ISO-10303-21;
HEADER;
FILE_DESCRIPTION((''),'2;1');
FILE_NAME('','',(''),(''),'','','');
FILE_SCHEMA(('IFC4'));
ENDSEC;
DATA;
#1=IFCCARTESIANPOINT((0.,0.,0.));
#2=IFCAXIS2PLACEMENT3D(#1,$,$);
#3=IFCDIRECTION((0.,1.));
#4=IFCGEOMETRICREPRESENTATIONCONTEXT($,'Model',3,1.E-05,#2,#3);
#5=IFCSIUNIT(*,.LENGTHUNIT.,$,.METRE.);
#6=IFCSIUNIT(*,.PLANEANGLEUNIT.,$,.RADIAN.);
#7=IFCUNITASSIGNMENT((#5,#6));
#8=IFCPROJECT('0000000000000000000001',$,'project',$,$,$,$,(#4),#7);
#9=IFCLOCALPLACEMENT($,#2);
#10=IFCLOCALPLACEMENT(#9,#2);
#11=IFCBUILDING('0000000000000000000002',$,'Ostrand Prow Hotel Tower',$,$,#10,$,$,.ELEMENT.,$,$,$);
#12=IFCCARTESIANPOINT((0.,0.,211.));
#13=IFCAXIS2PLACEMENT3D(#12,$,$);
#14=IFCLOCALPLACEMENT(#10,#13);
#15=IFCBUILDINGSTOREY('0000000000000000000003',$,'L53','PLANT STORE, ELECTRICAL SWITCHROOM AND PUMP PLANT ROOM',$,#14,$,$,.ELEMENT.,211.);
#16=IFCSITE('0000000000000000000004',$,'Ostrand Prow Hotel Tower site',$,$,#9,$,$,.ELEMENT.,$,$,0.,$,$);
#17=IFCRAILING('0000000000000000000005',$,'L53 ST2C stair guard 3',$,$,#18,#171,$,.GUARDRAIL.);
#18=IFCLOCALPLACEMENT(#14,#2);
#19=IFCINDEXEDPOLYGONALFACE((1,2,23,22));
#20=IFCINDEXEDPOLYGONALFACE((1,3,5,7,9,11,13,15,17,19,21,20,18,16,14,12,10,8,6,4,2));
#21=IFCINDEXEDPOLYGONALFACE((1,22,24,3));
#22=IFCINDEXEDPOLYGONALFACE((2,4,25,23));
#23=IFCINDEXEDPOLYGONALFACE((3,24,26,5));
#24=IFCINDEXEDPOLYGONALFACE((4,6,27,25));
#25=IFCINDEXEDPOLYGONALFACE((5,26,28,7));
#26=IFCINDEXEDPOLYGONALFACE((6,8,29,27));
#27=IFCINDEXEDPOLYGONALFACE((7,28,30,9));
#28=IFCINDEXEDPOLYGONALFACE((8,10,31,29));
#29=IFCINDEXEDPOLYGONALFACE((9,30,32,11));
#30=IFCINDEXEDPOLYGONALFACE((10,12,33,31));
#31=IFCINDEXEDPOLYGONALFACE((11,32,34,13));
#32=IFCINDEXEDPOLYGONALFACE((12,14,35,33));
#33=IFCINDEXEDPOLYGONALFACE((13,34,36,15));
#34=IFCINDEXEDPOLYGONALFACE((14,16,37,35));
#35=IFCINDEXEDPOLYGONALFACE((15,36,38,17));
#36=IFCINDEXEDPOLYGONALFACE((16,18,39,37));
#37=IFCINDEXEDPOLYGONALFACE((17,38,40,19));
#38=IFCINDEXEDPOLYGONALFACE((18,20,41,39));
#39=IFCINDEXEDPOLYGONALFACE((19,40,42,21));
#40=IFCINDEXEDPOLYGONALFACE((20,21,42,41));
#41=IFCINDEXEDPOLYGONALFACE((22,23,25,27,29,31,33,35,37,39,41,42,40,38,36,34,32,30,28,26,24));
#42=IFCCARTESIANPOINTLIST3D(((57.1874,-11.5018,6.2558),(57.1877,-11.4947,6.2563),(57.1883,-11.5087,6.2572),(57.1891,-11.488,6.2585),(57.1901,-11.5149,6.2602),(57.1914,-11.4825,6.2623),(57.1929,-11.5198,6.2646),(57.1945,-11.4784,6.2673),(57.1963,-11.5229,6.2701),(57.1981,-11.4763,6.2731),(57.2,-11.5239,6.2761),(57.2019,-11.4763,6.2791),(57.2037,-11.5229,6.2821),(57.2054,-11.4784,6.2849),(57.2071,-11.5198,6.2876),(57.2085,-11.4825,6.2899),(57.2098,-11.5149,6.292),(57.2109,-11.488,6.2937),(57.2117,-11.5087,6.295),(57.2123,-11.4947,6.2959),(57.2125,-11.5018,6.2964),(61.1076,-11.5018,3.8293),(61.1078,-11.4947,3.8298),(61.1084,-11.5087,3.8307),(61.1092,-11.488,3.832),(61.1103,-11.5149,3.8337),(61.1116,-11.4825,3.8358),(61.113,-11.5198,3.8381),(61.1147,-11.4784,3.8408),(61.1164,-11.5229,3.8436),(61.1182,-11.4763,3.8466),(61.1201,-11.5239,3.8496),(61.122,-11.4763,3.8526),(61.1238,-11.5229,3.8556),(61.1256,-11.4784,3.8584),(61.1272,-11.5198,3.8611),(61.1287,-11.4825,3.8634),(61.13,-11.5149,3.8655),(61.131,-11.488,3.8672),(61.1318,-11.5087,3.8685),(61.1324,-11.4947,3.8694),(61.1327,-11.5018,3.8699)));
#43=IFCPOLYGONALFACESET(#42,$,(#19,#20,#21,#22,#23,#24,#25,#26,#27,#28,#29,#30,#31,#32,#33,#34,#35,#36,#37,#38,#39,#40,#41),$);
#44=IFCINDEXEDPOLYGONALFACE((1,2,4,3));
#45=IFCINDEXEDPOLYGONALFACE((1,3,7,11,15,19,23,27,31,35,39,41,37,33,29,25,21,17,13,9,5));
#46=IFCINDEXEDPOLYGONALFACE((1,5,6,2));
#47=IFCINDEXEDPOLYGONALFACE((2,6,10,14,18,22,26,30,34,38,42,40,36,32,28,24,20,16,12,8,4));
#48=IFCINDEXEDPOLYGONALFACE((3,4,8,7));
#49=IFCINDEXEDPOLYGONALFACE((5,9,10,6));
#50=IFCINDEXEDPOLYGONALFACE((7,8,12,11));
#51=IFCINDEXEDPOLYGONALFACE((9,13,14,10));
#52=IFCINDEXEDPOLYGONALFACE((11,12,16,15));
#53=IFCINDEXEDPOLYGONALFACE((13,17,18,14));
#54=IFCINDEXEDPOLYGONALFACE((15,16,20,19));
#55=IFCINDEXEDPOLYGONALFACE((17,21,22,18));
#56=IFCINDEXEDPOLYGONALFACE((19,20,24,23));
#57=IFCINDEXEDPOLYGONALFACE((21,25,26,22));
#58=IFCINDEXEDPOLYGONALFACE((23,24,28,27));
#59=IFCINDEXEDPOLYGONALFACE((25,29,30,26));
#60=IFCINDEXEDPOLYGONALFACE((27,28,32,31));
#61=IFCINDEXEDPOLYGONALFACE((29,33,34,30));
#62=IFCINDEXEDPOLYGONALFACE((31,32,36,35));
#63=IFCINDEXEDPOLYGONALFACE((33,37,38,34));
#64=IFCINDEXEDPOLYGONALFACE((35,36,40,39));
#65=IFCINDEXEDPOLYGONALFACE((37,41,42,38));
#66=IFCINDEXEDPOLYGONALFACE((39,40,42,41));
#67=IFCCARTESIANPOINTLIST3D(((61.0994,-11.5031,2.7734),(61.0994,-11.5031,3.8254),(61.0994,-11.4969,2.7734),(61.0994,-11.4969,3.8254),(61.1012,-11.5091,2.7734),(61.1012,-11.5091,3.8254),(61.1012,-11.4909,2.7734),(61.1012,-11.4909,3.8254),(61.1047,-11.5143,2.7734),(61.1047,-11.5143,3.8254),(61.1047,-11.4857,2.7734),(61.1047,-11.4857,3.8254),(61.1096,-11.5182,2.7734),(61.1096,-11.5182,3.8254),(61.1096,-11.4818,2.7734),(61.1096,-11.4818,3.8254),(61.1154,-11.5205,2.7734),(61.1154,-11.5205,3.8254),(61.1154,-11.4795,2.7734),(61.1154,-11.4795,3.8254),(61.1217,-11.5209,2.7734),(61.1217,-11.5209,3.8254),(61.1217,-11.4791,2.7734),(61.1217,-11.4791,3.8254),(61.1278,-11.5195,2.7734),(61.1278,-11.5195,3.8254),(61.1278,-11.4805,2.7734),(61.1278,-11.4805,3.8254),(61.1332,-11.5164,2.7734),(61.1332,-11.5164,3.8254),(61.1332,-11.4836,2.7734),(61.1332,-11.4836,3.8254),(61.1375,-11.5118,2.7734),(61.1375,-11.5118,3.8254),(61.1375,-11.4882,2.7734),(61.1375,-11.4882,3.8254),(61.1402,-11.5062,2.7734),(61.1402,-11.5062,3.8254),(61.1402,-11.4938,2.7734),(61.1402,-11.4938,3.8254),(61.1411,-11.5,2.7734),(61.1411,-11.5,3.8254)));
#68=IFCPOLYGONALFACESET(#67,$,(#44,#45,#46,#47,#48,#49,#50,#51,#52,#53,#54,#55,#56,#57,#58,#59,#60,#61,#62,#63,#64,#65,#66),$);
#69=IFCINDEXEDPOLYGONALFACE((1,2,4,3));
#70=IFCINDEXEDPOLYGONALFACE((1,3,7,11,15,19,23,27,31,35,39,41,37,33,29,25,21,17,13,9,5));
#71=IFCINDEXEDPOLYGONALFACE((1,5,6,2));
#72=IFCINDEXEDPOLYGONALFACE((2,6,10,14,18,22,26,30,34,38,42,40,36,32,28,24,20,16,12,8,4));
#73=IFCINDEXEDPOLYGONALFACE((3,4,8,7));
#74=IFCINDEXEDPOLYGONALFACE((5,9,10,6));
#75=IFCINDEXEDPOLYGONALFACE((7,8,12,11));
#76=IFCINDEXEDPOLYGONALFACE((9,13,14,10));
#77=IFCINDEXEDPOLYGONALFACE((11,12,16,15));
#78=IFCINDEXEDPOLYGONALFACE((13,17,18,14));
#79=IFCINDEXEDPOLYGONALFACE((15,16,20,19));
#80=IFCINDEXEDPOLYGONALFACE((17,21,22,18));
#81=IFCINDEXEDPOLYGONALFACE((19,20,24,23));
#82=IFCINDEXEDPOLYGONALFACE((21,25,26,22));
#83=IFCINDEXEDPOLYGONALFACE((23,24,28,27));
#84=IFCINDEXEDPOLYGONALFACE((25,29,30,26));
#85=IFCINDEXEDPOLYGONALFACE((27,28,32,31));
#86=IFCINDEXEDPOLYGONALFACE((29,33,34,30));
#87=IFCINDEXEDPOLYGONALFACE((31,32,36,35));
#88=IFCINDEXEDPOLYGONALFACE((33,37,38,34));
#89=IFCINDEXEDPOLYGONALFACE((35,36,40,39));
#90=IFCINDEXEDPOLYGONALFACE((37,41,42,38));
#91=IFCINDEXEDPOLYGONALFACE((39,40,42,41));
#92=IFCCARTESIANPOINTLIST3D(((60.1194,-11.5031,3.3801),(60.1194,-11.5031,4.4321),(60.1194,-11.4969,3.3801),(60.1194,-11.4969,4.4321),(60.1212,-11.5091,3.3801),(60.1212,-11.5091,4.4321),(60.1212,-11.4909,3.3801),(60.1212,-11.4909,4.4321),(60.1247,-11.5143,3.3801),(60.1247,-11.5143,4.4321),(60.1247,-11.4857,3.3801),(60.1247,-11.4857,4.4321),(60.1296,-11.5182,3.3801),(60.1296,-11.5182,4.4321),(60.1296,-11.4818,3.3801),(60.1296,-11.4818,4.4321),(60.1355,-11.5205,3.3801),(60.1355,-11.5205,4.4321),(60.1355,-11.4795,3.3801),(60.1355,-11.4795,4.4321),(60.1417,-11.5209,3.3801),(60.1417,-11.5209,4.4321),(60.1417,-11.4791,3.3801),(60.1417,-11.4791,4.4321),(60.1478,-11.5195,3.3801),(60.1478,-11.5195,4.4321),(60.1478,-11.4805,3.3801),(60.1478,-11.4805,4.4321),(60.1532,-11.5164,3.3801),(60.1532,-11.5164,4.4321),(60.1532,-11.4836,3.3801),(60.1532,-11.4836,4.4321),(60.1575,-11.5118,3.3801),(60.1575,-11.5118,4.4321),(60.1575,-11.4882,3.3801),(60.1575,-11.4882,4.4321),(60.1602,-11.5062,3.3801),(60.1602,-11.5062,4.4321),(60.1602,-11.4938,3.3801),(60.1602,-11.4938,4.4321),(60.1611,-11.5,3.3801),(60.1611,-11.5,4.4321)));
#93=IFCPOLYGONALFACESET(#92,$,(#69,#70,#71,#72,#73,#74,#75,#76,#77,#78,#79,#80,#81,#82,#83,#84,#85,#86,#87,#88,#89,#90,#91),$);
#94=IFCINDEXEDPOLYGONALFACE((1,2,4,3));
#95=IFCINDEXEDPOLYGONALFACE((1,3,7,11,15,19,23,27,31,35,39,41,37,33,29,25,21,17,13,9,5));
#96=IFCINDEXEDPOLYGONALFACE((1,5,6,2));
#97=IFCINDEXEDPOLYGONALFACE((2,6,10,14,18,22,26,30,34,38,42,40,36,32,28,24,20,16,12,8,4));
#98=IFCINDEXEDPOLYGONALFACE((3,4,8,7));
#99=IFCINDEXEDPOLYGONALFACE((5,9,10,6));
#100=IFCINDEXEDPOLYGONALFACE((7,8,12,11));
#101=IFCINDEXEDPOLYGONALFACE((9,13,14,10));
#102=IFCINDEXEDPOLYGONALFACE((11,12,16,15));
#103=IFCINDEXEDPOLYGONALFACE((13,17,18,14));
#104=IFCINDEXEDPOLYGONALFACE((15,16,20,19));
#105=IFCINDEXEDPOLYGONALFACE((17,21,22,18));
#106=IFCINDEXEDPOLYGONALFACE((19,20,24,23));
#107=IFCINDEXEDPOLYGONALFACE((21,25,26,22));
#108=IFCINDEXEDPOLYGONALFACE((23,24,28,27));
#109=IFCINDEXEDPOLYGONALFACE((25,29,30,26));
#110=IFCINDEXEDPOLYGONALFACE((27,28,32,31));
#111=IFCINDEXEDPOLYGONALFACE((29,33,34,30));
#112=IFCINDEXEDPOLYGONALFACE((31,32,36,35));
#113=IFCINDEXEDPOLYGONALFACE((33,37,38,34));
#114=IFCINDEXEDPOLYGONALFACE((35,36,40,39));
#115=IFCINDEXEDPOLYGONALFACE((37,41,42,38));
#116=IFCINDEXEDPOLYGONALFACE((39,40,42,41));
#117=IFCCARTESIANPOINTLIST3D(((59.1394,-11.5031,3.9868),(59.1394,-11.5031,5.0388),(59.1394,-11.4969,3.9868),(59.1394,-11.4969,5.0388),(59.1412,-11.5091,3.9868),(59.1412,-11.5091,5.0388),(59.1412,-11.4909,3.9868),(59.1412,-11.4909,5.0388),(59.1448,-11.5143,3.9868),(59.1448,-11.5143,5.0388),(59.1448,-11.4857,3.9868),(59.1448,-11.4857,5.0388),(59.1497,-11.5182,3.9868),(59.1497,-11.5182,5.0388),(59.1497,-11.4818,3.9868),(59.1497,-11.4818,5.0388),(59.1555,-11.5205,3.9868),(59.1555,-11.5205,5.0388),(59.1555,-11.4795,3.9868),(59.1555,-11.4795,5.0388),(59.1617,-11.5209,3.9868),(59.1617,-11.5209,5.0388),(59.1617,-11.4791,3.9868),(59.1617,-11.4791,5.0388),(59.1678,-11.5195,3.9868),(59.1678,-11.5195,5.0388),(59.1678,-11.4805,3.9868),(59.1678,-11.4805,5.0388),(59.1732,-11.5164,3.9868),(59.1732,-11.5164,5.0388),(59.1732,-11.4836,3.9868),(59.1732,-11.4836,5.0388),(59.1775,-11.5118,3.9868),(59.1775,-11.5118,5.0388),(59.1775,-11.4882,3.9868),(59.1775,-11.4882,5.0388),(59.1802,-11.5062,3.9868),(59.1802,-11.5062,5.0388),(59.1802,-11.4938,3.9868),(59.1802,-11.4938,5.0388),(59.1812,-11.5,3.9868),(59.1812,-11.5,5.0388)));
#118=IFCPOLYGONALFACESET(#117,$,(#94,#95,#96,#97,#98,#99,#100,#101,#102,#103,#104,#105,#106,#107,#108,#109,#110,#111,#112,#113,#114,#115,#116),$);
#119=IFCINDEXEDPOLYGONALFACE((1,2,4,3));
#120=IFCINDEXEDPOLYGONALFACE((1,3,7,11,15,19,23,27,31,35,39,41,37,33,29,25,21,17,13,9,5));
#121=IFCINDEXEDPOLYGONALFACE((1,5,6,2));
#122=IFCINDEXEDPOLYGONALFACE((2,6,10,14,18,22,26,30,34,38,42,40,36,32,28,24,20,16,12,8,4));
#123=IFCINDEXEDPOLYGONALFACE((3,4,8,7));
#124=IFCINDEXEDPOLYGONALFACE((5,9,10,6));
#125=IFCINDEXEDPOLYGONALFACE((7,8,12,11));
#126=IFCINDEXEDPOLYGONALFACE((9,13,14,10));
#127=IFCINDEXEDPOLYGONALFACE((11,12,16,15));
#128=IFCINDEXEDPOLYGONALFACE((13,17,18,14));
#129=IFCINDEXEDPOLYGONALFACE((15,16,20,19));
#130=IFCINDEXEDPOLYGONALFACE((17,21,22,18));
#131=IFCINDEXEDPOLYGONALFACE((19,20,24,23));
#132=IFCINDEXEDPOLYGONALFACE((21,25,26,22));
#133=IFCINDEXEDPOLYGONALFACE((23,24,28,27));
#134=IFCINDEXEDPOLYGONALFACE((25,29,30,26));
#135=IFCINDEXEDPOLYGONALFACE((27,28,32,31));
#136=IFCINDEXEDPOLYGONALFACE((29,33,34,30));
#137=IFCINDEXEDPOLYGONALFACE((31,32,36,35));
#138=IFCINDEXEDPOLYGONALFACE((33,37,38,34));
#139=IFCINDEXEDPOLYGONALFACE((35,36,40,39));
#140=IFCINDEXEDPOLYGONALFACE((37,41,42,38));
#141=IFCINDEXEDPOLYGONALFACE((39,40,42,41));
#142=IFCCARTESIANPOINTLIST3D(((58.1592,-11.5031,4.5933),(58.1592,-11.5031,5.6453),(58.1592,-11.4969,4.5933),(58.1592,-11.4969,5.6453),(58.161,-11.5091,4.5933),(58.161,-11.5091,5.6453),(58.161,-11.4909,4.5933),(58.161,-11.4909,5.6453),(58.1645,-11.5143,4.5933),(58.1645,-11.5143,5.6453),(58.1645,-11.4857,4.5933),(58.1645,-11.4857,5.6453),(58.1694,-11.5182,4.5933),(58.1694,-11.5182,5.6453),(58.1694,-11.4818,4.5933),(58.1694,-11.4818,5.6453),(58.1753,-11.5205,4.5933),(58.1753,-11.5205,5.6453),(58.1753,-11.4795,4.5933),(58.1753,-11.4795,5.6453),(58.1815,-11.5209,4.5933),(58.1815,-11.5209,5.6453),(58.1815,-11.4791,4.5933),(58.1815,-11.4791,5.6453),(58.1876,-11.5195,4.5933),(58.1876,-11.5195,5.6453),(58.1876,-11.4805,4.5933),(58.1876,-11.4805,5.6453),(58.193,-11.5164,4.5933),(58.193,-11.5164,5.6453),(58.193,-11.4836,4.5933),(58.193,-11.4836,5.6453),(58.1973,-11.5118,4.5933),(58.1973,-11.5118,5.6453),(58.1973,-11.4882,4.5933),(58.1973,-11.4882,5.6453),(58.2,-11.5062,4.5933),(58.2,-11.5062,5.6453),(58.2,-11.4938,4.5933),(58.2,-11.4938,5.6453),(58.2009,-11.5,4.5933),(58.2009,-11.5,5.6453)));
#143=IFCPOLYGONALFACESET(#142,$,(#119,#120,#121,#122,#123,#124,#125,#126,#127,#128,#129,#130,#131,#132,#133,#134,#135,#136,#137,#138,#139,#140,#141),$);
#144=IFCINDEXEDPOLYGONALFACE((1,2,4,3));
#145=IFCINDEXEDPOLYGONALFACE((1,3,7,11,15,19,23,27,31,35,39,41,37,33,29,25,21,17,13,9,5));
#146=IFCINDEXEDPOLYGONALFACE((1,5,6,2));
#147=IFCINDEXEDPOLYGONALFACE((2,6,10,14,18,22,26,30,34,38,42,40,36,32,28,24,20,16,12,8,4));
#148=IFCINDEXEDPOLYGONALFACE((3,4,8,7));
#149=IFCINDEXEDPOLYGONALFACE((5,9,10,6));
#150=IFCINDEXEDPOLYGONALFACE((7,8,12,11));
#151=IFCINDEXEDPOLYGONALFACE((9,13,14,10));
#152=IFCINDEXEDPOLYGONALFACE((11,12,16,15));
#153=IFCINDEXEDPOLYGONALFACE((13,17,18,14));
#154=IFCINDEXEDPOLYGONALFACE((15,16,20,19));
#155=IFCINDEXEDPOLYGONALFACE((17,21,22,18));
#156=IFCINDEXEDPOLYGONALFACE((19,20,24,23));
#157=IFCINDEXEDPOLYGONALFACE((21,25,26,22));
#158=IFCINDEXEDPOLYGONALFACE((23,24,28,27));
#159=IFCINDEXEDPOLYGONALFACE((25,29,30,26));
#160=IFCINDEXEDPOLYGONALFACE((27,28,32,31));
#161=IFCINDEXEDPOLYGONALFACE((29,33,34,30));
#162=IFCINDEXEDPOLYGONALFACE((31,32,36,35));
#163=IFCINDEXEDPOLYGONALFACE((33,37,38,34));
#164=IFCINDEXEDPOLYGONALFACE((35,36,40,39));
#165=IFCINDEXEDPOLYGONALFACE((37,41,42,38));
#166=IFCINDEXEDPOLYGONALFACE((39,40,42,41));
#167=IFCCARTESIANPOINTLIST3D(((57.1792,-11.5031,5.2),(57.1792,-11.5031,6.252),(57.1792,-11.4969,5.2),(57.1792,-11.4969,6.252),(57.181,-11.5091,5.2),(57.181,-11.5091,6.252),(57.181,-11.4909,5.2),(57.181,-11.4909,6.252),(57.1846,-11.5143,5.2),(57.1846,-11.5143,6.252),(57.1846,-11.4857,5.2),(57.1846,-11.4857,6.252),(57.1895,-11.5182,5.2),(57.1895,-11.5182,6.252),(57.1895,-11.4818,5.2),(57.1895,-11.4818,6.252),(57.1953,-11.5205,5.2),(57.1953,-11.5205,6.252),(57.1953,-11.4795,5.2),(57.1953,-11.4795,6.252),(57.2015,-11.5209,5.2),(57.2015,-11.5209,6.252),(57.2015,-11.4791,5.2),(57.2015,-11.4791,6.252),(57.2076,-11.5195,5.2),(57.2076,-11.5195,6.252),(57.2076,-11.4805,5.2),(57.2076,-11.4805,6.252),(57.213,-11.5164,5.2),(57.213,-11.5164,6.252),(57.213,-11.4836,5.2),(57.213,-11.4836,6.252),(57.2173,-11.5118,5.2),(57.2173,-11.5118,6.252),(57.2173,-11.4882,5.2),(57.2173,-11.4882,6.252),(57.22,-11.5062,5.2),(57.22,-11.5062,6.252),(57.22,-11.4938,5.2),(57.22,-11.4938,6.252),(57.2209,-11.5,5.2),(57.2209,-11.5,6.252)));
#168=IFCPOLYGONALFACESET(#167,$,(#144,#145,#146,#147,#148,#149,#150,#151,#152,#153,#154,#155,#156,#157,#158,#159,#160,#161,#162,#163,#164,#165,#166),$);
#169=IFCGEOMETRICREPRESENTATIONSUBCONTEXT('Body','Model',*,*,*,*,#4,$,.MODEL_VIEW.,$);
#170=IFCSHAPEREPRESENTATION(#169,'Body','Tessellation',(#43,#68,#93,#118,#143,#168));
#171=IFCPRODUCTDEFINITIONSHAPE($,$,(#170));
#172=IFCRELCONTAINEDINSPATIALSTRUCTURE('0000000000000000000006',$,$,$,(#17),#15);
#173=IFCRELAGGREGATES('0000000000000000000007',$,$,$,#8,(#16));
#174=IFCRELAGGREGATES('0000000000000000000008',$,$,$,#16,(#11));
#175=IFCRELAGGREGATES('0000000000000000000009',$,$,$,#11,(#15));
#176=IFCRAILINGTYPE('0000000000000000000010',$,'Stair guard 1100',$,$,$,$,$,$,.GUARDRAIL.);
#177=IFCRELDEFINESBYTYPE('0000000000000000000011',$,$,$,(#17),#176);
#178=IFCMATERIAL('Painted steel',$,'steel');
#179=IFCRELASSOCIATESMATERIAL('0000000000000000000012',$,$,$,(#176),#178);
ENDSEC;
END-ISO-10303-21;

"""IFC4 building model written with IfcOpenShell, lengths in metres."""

from ifc_helpers import new_model, si_unit, direction, frame, origin, origin_2d, place, context, subcontext, project, spatial, circle, extrude, material, type_object, element, save


model = new_model("IFC4")

# Units and contexts
model_context = context("Model", 3, precision=1e-05, world=origin(), true_north=direction((0.0, 1.0)))
body_context = subcontext(model_context, "Body", "Model", "MODEL_VIEW")
ifc_project = project(units=[si_unit("LENGTHUNIT", "METRE"), si_unit("PLANEANGLEUNIT", "RADIAN")], contexts=[model_context])

# Site, building, storey
site_placement = place(None, origin())
site = spatial("IfcSite", under=ifc_project, at=site_placement, Name="Ostrand Prow Hotel Tower site", CompositionType="ELEMENT", RefElevation=0.0)
building_placement = place(site_placement, origin())
building = spatial("IfcBuilding", under=site, at=building_placement, Name="Ostrand Prow Hotel Tower", CompositionType="ELEMENT")
storey_placement = place(building_placement, frame((0.0, 0.0, 211.0)))
storey = spatial("IfcBuildingStorey", under=building, at=storey_placement, Name="L53", Description="PLANT STORE, ELECTRICAL SWITCHROOM AND PUMP PLANT ROOM", CompositionType="ELEMENT", Elevation=211.0)

# Railing
ifc_material_1 = material(Name="Painted steel", Category="steel")
railing_type_1 = type_object("IfcRailingType", Name="Stair guard 1100", PredefinedType="GUARDRAIL", material=ifc_material_1)
railing_1_placement = place(storey_placement, frame((61.1201, -11.5, 2.7734)))
element("IfcRailing", 1, at=railing_1_placement, inside=storey, type_object=railing_type_1, Name="L53 ST2C stair guard 3", PredefinedType="GUARDRAIL", context=body_context, shape_type="SweptSolid", body=[
    extrude(circle(Radius=0.0239, at=origin_2d()), frame((0.0, 0.0, 1.0762), z_axis=(-0.85029, 0.0, 0.526315), x_axis=(0.0, -1.0, 0.0)), (0.0, 0.0, 1.0), 4.6104),
    extrude(circle(Radius=0.021, at=origin_2d()), origin(), (0.0, 0.0, 1.0), 1.052),
    extrude(circle(Radius=0.021, at=origin_2d()), frame((-0.98, 0.0, 0.6067)), (0.0, 0.0, 1.0), 1.052),
    extrude(circle(Radius=0.021, at=origin_2d()), frame((-1.96, 0.0, 1.2134)), (0.0, 0.0, 1.0), 1.052),
    extrude(circle(Radius=0.021, at=origin_2d()), frame((-2.9402, 0.0, 1.8198)), (0.0, 0.0, 1.0), 1.052),
    extrude(circle(Radius=0.021, at=origin_2d()), frame((-3.9202, 0.0, 2.4265)), (0.0, 0.0, 1.0), 1.052),
])

save(model, "model.ifc")
